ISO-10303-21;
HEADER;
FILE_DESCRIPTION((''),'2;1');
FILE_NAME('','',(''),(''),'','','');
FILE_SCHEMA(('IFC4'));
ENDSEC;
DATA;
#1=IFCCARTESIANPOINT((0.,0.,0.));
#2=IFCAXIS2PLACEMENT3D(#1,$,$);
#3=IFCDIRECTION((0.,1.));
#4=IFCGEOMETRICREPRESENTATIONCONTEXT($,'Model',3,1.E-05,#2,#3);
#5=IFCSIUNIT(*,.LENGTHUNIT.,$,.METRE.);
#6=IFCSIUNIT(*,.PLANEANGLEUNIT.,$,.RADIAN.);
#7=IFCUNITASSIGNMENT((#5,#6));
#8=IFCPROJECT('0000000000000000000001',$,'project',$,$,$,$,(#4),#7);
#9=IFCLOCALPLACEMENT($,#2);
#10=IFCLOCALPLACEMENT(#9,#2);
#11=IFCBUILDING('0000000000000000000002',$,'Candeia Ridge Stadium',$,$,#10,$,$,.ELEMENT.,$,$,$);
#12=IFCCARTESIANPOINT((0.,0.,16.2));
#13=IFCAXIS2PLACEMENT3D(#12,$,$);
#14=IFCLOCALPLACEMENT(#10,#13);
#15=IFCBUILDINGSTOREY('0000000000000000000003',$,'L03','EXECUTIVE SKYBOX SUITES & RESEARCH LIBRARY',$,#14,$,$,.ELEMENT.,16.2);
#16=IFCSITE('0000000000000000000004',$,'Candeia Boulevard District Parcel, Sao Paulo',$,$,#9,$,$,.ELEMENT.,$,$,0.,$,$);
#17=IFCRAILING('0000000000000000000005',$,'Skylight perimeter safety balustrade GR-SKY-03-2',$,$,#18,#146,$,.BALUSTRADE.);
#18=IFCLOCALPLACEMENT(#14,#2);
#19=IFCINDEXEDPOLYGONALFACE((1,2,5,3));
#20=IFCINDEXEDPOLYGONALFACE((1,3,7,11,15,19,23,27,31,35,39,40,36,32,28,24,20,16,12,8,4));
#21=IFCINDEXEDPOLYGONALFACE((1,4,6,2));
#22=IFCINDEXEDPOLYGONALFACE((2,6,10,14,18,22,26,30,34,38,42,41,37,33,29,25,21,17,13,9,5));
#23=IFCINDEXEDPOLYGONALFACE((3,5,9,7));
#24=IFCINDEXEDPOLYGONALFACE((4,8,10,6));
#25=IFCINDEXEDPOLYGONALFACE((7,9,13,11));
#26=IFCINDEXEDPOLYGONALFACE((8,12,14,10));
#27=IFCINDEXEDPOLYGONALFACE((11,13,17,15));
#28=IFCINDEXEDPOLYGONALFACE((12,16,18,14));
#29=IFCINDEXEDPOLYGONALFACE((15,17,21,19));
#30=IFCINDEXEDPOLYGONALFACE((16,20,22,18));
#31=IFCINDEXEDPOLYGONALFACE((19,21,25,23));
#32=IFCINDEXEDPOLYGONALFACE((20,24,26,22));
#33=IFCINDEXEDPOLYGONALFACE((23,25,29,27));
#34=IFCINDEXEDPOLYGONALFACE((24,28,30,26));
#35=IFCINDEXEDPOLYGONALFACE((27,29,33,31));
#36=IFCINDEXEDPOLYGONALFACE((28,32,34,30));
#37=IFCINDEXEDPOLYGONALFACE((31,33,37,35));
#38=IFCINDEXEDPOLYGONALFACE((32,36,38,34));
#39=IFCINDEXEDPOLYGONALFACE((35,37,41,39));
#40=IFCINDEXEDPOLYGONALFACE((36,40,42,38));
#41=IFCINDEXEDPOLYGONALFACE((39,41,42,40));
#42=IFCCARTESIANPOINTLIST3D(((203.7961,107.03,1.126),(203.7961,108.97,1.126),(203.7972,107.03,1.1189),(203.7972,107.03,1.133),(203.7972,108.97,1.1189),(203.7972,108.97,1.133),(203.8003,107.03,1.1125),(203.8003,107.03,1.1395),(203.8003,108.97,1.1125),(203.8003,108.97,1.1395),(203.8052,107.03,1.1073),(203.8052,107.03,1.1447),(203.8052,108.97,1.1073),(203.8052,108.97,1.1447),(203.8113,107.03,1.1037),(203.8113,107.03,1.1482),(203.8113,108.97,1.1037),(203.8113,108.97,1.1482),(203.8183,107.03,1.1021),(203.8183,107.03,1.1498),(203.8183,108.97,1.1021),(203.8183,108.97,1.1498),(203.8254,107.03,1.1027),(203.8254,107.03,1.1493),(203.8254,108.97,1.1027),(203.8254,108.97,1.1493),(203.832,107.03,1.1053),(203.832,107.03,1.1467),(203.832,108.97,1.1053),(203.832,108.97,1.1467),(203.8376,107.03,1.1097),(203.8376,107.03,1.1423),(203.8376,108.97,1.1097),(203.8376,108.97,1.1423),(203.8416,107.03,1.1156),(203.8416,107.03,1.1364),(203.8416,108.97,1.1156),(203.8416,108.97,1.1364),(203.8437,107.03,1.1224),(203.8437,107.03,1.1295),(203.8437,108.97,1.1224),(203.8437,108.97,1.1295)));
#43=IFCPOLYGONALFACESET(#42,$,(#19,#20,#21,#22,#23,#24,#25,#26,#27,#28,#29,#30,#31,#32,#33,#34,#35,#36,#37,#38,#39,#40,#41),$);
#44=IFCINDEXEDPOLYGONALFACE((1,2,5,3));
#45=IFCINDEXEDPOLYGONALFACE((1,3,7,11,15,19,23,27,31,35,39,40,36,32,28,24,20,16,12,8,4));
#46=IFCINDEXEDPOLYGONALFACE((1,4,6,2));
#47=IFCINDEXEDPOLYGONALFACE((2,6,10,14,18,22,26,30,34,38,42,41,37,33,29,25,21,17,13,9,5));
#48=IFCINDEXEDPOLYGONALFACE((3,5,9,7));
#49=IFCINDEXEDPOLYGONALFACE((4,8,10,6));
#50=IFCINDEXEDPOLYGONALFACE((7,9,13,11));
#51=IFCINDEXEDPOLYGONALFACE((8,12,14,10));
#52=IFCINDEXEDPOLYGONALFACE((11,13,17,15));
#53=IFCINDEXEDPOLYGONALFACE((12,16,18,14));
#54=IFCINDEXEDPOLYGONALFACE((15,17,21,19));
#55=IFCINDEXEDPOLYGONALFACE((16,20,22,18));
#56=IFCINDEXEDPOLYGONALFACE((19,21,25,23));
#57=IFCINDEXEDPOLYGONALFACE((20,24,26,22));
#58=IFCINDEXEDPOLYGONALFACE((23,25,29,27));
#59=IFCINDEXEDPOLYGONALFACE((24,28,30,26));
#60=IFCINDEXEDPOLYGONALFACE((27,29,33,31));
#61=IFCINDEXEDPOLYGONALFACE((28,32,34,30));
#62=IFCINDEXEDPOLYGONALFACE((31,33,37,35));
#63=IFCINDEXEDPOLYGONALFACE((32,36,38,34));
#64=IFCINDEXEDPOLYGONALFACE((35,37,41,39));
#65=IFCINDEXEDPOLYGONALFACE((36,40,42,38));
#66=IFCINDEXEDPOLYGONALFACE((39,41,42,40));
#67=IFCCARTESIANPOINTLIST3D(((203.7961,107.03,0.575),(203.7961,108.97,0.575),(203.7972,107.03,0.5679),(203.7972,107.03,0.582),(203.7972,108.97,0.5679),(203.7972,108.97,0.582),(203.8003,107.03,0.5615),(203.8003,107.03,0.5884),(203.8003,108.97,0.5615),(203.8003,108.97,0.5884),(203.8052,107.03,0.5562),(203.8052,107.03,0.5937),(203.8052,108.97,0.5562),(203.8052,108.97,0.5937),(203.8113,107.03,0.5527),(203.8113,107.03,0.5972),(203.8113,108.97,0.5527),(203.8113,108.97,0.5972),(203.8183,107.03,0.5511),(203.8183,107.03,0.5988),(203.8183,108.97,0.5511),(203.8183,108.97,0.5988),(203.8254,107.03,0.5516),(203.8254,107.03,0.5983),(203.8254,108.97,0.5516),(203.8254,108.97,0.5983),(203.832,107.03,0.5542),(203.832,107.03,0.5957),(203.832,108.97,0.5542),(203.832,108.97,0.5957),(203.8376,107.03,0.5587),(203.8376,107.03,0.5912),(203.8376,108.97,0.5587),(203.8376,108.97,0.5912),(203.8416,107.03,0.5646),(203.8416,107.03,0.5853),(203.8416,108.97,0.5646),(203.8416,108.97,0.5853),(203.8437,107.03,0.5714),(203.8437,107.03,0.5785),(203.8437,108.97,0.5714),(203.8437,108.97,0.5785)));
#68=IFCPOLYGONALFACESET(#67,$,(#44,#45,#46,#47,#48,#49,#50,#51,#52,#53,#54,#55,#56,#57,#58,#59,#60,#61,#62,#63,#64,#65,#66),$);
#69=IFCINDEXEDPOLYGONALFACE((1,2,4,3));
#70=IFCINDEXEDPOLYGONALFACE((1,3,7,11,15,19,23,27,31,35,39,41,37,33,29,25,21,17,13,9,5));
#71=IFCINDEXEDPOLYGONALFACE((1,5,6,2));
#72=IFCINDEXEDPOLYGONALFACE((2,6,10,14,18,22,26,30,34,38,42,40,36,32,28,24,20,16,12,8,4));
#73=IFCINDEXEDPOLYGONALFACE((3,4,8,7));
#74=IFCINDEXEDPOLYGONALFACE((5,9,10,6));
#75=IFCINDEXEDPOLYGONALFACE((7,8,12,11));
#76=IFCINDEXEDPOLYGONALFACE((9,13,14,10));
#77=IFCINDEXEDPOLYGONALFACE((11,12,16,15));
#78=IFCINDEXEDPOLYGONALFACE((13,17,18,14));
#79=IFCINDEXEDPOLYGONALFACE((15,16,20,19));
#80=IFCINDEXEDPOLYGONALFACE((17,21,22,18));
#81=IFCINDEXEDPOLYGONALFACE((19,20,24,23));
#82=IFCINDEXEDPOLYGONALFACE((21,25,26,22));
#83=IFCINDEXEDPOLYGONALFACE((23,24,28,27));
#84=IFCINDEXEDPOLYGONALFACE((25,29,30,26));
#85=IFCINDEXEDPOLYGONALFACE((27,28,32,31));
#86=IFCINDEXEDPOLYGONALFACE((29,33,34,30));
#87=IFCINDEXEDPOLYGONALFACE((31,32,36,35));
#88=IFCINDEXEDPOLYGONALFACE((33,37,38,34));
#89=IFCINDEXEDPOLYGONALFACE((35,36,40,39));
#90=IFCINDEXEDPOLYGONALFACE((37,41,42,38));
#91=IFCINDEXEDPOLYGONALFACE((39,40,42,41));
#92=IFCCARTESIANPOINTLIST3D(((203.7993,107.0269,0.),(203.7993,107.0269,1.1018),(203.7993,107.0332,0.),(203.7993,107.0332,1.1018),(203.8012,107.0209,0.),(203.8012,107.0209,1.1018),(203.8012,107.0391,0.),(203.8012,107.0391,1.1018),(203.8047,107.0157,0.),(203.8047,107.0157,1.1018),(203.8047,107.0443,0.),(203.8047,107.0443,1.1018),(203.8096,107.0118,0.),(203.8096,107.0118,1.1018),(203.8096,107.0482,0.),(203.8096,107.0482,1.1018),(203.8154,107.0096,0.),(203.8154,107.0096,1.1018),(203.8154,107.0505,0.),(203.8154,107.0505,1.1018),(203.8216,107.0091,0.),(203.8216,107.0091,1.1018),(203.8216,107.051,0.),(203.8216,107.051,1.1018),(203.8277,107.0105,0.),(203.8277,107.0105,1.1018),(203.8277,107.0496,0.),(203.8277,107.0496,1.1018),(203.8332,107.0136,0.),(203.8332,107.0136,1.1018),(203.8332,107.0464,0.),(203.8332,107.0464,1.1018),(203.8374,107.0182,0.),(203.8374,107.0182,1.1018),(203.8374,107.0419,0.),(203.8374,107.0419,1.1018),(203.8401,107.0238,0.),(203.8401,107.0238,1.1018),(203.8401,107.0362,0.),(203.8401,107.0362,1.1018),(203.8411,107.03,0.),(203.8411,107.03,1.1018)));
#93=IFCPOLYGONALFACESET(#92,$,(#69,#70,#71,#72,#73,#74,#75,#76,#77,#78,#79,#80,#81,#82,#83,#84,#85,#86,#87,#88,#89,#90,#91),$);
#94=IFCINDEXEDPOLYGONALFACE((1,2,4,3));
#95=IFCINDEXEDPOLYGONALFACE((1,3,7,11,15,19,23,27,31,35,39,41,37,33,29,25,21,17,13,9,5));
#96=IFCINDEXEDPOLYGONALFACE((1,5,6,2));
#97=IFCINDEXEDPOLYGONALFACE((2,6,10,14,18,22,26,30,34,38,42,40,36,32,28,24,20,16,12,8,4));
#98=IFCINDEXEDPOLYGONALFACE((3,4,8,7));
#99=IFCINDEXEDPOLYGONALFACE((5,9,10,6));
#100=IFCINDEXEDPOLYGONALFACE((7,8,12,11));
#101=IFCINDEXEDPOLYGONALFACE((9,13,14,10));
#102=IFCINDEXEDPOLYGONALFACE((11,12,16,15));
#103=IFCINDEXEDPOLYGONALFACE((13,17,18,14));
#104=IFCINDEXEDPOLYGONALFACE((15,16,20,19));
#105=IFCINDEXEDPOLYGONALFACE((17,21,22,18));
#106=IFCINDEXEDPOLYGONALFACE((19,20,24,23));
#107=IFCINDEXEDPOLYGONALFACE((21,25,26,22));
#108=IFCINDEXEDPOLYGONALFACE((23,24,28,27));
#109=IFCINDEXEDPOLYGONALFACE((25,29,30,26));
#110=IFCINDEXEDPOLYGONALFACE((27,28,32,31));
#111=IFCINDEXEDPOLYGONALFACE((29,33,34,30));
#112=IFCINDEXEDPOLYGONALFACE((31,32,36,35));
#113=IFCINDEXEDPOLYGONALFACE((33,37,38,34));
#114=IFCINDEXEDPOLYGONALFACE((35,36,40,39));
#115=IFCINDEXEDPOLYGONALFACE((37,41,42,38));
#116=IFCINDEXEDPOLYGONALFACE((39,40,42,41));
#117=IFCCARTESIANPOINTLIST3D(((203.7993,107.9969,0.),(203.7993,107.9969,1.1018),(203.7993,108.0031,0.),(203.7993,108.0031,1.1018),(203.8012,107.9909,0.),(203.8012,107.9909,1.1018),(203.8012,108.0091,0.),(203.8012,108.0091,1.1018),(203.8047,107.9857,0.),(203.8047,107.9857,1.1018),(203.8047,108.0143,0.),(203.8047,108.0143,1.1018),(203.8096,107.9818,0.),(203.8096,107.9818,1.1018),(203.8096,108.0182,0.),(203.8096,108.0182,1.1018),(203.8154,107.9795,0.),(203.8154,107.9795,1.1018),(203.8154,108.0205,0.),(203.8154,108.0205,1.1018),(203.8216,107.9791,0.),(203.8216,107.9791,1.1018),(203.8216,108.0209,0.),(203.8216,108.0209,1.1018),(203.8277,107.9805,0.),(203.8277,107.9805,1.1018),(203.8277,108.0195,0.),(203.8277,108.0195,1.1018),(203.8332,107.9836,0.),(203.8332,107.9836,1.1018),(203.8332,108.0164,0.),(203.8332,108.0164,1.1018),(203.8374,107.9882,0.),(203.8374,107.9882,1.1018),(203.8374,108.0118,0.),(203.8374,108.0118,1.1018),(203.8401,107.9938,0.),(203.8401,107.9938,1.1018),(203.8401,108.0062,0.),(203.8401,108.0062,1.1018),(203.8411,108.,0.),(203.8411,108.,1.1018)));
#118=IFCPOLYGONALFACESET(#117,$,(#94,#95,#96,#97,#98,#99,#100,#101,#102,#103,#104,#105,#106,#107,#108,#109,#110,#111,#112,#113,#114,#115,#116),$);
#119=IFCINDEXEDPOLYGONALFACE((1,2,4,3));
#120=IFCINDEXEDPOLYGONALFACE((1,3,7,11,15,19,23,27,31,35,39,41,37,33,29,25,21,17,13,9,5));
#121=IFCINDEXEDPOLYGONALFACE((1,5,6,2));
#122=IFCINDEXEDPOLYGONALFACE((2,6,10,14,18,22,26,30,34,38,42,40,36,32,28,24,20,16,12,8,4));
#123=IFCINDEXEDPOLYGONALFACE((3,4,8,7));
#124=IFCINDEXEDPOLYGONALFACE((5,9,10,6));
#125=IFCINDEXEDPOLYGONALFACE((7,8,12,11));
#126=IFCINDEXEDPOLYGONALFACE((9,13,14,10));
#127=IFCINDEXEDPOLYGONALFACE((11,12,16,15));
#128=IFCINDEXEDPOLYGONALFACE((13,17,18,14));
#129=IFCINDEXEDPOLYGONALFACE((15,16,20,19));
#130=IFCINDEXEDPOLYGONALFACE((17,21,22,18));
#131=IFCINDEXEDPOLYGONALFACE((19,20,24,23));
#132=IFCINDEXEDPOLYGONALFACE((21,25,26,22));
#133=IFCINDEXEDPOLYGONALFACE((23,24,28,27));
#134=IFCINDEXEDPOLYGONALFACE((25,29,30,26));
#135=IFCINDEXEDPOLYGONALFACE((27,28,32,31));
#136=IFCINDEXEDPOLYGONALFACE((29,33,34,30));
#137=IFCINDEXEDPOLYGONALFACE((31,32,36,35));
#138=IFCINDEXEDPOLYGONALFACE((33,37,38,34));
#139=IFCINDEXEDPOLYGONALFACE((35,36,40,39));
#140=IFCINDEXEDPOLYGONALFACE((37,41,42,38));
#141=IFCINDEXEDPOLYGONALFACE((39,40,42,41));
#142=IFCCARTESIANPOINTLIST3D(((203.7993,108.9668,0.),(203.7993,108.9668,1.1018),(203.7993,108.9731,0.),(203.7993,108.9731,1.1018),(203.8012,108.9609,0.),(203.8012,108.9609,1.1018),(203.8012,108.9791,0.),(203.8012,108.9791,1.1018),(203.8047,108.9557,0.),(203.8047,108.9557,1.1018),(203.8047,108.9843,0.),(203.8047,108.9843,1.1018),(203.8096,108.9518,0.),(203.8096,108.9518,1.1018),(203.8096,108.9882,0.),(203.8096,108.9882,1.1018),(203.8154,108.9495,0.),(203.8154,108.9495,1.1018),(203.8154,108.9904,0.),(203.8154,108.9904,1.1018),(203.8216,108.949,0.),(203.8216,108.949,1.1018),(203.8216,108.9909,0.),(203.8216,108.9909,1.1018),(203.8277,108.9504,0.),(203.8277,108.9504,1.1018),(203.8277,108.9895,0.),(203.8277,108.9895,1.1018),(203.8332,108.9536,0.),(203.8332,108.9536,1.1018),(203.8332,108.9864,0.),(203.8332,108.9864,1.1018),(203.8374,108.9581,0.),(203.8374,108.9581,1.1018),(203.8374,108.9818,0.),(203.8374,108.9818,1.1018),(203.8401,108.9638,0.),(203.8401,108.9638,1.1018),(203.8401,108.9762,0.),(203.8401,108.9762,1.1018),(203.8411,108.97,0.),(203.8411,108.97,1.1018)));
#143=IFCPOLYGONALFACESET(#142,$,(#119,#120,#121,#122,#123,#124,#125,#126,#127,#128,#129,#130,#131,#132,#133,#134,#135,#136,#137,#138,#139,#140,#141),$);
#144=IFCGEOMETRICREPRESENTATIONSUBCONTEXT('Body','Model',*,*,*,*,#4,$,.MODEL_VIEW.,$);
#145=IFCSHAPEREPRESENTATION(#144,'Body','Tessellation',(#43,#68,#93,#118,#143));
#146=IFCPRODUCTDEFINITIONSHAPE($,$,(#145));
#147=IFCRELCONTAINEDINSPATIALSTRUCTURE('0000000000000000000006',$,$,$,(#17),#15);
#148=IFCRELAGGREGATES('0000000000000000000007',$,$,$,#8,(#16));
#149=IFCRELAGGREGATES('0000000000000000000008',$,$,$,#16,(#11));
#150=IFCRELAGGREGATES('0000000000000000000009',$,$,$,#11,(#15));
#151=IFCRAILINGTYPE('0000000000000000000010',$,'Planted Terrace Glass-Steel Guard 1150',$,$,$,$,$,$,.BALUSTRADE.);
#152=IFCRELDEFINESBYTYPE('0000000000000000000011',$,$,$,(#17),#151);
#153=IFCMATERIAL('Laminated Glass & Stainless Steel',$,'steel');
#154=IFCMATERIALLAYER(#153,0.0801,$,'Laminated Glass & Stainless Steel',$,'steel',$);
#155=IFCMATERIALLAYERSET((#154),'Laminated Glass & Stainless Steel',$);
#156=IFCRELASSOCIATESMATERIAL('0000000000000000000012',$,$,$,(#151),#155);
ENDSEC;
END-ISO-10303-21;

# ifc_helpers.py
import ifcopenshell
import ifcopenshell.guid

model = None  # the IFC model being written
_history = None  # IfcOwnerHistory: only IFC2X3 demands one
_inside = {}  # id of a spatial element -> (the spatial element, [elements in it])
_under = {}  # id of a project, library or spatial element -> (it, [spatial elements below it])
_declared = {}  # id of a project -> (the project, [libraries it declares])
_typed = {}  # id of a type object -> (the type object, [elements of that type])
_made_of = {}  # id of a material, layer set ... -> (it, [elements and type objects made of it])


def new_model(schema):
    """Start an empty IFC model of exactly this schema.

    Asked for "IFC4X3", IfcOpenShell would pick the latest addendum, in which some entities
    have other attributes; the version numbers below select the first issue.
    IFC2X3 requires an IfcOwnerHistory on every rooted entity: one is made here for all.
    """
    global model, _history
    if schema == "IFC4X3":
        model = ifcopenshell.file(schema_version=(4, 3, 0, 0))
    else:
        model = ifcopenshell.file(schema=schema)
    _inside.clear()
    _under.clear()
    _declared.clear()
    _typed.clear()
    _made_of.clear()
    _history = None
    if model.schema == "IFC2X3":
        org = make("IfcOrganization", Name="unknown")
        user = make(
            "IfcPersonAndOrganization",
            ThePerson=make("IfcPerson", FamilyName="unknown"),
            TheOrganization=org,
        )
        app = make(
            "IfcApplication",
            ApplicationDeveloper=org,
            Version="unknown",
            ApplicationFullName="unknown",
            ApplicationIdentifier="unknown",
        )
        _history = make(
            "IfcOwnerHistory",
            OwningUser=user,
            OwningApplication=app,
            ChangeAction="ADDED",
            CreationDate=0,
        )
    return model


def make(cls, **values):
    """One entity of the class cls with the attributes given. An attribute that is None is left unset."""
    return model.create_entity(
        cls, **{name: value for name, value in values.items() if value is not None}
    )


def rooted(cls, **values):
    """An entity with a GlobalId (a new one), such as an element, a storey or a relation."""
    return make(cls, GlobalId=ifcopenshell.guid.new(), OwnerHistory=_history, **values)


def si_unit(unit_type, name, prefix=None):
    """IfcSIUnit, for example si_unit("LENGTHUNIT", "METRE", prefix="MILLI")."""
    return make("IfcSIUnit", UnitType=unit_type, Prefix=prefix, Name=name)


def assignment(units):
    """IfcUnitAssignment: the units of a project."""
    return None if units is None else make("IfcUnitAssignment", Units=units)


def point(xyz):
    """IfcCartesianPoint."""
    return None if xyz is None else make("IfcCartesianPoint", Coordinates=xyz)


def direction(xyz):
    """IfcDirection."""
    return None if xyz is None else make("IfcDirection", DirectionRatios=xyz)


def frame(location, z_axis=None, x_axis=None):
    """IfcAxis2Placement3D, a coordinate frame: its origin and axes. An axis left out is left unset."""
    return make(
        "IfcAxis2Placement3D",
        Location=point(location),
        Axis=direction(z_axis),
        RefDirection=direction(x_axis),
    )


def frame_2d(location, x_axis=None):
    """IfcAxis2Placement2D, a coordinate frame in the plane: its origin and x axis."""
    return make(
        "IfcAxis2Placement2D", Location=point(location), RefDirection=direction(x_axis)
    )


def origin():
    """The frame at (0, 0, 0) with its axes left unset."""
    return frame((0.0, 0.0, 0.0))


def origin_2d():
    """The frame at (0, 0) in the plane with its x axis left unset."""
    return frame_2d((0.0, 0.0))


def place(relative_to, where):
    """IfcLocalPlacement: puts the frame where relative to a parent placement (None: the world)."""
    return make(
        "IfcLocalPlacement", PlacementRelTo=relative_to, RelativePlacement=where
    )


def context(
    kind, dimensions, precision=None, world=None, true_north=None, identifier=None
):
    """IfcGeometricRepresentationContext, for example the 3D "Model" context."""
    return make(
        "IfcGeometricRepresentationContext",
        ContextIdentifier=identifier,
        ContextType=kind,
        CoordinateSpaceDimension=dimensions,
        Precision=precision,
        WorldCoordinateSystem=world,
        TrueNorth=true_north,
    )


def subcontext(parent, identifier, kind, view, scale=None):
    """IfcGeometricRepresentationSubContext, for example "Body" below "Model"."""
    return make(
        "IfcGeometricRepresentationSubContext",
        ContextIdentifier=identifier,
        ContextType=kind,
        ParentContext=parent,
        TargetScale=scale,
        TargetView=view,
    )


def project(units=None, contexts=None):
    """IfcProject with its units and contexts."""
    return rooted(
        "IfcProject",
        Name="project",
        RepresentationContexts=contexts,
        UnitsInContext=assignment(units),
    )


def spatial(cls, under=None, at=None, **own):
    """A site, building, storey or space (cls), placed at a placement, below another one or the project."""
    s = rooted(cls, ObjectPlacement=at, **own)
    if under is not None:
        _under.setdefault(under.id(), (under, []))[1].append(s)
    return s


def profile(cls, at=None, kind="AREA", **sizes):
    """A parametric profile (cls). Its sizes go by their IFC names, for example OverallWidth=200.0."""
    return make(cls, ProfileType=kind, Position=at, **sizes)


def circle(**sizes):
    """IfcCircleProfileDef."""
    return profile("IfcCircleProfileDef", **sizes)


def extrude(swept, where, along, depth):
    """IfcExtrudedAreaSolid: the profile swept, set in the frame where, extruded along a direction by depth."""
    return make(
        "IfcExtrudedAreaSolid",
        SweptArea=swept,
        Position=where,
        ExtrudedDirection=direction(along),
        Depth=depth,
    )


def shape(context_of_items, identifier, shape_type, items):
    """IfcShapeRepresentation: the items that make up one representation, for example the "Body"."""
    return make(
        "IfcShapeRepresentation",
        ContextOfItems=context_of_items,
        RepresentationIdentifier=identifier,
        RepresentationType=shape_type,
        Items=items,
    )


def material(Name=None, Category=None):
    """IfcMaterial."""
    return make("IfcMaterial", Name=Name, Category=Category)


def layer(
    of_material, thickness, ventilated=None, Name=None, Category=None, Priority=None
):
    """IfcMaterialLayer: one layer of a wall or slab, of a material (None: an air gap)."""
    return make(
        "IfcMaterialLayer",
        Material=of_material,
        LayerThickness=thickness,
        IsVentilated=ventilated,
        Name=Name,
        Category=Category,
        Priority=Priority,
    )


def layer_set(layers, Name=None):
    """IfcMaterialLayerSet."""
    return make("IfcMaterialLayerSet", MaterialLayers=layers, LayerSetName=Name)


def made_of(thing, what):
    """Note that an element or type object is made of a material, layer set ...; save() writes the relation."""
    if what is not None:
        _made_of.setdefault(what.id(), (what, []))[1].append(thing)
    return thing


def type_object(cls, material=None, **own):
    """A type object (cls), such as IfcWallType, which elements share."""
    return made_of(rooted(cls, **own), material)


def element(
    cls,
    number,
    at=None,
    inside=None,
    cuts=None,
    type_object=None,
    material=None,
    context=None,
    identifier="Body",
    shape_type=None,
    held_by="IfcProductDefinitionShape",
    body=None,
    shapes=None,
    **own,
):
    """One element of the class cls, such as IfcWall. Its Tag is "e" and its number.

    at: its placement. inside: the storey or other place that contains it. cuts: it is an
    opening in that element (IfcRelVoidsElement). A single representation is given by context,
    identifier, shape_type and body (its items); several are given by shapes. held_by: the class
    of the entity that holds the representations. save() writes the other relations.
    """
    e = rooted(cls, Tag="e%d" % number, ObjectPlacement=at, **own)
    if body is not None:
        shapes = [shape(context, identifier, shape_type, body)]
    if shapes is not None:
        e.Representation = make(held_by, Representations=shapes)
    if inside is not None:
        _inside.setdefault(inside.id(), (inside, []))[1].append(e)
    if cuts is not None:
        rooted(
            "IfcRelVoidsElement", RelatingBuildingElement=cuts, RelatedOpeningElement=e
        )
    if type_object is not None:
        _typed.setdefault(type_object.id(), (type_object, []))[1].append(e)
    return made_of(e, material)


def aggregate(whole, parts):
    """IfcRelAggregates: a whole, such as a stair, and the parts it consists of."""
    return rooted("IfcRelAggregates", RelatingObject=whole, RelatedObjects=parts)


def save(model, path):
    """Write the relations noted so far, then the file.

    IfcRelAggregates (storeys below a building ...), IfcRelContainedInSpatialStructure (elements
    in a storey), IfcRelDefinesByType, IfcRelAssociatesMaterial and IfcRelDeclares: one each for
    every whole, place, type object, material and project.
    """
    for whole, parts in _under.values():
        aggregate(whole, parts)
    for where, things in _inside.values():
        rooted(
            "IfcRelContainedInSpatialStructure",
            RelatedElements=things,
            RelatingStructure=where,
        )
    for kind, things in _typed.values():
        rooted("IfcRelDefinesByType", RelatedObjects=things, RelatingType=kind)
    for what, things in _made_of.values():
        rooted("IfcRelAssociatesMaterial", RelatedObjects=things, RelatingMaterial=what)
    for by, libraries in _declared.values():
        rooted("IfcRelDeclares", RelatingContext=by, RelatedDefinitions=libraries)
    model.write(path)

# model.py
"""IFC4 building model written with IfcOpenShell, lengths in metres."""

from ifc_helpers import new_model, si_unit, direction, frame, origin, origin_2d, place, context, subcontext, project, spatial, circle, extrude, material, layer, layer_set, type_object, element, save


model = new_model("IFC4")

# Units and contexts
model_context = context("Model", 3, precision=1e-05, world=origin(), true_north=direction((0.0, 1.0)))
body_context = subcontext(model_context, "Body", "Model", "MODEL_VIEW")
ifc_project = project(units=[si_unit("LENGTHUNIT", "METRE"), si_unit("PLANEANGLEUNIT", "RADIAN")], contexts=[model_context])

# Site, building, storey
site_placement = place(None, origin())
site = spatial("IfcSite", under=ifc_project, at=site_placement, Name="Candeia Boulevard District Parcel, Sao Paulo", CompositionType="ELEMENT", RefElevation=0.0)
building_placement = place(site_placement, origin())
building = spatial("IfcBuilding", under=site, at=building_placement, Name="Candeia Ridge Stadium", CompositionType="ELEMENT")
storey_placement = place(building_placement, frame((0.0, 0.0, 16.2)))
storey = spatial("IfcBuildingStorey", under=building, at=storey_placement, Name="L03", Description="EXECUTIVE SKYBOX SUITES & RESEARCH LIBRARY", CompositionType="ELEMENT", Elevation=16.2)

# Railing
ifc_material_1 = material(Name="Laminated Glass & Stainless Steel", Category="steel")
ifc_layer_1 = layer(ifc_material_1, 0.0801, Name="Laminated Glass & Stainless Steel", Category="steel")
ifc_layer_set_1 = layer_set([ifc_layer_1], Name="Laminated Glass & Stainless Steel")
railing_type = type_object("IfcRailingType", Name="Planted Terrace Glass-Steel Guard 1150", PredefinedType="BALUSTRADE", material=ifc_layer_set_1)
railing_1_placement = place(storey_placement, frame((203.8201, 107.03, 0.0)))
element("IfcRailing", 1, at=railing_1_placement, inside=storey, type_object=railing_type, Name="Skylight perimeter safety balustrade GR-SKY-03-2", PredefinedType="BALUSTRADE", context=body_context, shape_type="SweptSolid", body=[
    extrude(circle(Radius=0.0239, at=origin_2d()), frame((0.0, 0.0, 1.126), z_axis=(0.0, 1.0, 0.0), x_axis=(-1.0, 0.0, 0.0)), (0.0, 0.0, 1.0), 1.9399),
    extrude(circle(Radius=0.0239, at=origin_2d()), frame((0.0, 0.0, 0.575), z_axis=(0.0, 1.0, 0.0), x_axis=(-1.0, 0.0, 0.0)), (0.0, 0.0, 1.0), 1.9399),
    extrude(circle(Radius=0.021, at=origin_2d()), origin(), (0.0, 0.0, 1.0), 1.1018),
    extrude(circle(Radius=0.021, at=origin_2d()), frame((0.0, 0.97, 0.0)), (0.0, 0.0, 1.0), 1.1018),
    extrude(circle(Radius=0.021, at=origin_2d()), frame((0.0, 1.9399, 0.0)), (0.0, 0.0, 1.0), 1.1018),
])

save(model, "model.ifc")
